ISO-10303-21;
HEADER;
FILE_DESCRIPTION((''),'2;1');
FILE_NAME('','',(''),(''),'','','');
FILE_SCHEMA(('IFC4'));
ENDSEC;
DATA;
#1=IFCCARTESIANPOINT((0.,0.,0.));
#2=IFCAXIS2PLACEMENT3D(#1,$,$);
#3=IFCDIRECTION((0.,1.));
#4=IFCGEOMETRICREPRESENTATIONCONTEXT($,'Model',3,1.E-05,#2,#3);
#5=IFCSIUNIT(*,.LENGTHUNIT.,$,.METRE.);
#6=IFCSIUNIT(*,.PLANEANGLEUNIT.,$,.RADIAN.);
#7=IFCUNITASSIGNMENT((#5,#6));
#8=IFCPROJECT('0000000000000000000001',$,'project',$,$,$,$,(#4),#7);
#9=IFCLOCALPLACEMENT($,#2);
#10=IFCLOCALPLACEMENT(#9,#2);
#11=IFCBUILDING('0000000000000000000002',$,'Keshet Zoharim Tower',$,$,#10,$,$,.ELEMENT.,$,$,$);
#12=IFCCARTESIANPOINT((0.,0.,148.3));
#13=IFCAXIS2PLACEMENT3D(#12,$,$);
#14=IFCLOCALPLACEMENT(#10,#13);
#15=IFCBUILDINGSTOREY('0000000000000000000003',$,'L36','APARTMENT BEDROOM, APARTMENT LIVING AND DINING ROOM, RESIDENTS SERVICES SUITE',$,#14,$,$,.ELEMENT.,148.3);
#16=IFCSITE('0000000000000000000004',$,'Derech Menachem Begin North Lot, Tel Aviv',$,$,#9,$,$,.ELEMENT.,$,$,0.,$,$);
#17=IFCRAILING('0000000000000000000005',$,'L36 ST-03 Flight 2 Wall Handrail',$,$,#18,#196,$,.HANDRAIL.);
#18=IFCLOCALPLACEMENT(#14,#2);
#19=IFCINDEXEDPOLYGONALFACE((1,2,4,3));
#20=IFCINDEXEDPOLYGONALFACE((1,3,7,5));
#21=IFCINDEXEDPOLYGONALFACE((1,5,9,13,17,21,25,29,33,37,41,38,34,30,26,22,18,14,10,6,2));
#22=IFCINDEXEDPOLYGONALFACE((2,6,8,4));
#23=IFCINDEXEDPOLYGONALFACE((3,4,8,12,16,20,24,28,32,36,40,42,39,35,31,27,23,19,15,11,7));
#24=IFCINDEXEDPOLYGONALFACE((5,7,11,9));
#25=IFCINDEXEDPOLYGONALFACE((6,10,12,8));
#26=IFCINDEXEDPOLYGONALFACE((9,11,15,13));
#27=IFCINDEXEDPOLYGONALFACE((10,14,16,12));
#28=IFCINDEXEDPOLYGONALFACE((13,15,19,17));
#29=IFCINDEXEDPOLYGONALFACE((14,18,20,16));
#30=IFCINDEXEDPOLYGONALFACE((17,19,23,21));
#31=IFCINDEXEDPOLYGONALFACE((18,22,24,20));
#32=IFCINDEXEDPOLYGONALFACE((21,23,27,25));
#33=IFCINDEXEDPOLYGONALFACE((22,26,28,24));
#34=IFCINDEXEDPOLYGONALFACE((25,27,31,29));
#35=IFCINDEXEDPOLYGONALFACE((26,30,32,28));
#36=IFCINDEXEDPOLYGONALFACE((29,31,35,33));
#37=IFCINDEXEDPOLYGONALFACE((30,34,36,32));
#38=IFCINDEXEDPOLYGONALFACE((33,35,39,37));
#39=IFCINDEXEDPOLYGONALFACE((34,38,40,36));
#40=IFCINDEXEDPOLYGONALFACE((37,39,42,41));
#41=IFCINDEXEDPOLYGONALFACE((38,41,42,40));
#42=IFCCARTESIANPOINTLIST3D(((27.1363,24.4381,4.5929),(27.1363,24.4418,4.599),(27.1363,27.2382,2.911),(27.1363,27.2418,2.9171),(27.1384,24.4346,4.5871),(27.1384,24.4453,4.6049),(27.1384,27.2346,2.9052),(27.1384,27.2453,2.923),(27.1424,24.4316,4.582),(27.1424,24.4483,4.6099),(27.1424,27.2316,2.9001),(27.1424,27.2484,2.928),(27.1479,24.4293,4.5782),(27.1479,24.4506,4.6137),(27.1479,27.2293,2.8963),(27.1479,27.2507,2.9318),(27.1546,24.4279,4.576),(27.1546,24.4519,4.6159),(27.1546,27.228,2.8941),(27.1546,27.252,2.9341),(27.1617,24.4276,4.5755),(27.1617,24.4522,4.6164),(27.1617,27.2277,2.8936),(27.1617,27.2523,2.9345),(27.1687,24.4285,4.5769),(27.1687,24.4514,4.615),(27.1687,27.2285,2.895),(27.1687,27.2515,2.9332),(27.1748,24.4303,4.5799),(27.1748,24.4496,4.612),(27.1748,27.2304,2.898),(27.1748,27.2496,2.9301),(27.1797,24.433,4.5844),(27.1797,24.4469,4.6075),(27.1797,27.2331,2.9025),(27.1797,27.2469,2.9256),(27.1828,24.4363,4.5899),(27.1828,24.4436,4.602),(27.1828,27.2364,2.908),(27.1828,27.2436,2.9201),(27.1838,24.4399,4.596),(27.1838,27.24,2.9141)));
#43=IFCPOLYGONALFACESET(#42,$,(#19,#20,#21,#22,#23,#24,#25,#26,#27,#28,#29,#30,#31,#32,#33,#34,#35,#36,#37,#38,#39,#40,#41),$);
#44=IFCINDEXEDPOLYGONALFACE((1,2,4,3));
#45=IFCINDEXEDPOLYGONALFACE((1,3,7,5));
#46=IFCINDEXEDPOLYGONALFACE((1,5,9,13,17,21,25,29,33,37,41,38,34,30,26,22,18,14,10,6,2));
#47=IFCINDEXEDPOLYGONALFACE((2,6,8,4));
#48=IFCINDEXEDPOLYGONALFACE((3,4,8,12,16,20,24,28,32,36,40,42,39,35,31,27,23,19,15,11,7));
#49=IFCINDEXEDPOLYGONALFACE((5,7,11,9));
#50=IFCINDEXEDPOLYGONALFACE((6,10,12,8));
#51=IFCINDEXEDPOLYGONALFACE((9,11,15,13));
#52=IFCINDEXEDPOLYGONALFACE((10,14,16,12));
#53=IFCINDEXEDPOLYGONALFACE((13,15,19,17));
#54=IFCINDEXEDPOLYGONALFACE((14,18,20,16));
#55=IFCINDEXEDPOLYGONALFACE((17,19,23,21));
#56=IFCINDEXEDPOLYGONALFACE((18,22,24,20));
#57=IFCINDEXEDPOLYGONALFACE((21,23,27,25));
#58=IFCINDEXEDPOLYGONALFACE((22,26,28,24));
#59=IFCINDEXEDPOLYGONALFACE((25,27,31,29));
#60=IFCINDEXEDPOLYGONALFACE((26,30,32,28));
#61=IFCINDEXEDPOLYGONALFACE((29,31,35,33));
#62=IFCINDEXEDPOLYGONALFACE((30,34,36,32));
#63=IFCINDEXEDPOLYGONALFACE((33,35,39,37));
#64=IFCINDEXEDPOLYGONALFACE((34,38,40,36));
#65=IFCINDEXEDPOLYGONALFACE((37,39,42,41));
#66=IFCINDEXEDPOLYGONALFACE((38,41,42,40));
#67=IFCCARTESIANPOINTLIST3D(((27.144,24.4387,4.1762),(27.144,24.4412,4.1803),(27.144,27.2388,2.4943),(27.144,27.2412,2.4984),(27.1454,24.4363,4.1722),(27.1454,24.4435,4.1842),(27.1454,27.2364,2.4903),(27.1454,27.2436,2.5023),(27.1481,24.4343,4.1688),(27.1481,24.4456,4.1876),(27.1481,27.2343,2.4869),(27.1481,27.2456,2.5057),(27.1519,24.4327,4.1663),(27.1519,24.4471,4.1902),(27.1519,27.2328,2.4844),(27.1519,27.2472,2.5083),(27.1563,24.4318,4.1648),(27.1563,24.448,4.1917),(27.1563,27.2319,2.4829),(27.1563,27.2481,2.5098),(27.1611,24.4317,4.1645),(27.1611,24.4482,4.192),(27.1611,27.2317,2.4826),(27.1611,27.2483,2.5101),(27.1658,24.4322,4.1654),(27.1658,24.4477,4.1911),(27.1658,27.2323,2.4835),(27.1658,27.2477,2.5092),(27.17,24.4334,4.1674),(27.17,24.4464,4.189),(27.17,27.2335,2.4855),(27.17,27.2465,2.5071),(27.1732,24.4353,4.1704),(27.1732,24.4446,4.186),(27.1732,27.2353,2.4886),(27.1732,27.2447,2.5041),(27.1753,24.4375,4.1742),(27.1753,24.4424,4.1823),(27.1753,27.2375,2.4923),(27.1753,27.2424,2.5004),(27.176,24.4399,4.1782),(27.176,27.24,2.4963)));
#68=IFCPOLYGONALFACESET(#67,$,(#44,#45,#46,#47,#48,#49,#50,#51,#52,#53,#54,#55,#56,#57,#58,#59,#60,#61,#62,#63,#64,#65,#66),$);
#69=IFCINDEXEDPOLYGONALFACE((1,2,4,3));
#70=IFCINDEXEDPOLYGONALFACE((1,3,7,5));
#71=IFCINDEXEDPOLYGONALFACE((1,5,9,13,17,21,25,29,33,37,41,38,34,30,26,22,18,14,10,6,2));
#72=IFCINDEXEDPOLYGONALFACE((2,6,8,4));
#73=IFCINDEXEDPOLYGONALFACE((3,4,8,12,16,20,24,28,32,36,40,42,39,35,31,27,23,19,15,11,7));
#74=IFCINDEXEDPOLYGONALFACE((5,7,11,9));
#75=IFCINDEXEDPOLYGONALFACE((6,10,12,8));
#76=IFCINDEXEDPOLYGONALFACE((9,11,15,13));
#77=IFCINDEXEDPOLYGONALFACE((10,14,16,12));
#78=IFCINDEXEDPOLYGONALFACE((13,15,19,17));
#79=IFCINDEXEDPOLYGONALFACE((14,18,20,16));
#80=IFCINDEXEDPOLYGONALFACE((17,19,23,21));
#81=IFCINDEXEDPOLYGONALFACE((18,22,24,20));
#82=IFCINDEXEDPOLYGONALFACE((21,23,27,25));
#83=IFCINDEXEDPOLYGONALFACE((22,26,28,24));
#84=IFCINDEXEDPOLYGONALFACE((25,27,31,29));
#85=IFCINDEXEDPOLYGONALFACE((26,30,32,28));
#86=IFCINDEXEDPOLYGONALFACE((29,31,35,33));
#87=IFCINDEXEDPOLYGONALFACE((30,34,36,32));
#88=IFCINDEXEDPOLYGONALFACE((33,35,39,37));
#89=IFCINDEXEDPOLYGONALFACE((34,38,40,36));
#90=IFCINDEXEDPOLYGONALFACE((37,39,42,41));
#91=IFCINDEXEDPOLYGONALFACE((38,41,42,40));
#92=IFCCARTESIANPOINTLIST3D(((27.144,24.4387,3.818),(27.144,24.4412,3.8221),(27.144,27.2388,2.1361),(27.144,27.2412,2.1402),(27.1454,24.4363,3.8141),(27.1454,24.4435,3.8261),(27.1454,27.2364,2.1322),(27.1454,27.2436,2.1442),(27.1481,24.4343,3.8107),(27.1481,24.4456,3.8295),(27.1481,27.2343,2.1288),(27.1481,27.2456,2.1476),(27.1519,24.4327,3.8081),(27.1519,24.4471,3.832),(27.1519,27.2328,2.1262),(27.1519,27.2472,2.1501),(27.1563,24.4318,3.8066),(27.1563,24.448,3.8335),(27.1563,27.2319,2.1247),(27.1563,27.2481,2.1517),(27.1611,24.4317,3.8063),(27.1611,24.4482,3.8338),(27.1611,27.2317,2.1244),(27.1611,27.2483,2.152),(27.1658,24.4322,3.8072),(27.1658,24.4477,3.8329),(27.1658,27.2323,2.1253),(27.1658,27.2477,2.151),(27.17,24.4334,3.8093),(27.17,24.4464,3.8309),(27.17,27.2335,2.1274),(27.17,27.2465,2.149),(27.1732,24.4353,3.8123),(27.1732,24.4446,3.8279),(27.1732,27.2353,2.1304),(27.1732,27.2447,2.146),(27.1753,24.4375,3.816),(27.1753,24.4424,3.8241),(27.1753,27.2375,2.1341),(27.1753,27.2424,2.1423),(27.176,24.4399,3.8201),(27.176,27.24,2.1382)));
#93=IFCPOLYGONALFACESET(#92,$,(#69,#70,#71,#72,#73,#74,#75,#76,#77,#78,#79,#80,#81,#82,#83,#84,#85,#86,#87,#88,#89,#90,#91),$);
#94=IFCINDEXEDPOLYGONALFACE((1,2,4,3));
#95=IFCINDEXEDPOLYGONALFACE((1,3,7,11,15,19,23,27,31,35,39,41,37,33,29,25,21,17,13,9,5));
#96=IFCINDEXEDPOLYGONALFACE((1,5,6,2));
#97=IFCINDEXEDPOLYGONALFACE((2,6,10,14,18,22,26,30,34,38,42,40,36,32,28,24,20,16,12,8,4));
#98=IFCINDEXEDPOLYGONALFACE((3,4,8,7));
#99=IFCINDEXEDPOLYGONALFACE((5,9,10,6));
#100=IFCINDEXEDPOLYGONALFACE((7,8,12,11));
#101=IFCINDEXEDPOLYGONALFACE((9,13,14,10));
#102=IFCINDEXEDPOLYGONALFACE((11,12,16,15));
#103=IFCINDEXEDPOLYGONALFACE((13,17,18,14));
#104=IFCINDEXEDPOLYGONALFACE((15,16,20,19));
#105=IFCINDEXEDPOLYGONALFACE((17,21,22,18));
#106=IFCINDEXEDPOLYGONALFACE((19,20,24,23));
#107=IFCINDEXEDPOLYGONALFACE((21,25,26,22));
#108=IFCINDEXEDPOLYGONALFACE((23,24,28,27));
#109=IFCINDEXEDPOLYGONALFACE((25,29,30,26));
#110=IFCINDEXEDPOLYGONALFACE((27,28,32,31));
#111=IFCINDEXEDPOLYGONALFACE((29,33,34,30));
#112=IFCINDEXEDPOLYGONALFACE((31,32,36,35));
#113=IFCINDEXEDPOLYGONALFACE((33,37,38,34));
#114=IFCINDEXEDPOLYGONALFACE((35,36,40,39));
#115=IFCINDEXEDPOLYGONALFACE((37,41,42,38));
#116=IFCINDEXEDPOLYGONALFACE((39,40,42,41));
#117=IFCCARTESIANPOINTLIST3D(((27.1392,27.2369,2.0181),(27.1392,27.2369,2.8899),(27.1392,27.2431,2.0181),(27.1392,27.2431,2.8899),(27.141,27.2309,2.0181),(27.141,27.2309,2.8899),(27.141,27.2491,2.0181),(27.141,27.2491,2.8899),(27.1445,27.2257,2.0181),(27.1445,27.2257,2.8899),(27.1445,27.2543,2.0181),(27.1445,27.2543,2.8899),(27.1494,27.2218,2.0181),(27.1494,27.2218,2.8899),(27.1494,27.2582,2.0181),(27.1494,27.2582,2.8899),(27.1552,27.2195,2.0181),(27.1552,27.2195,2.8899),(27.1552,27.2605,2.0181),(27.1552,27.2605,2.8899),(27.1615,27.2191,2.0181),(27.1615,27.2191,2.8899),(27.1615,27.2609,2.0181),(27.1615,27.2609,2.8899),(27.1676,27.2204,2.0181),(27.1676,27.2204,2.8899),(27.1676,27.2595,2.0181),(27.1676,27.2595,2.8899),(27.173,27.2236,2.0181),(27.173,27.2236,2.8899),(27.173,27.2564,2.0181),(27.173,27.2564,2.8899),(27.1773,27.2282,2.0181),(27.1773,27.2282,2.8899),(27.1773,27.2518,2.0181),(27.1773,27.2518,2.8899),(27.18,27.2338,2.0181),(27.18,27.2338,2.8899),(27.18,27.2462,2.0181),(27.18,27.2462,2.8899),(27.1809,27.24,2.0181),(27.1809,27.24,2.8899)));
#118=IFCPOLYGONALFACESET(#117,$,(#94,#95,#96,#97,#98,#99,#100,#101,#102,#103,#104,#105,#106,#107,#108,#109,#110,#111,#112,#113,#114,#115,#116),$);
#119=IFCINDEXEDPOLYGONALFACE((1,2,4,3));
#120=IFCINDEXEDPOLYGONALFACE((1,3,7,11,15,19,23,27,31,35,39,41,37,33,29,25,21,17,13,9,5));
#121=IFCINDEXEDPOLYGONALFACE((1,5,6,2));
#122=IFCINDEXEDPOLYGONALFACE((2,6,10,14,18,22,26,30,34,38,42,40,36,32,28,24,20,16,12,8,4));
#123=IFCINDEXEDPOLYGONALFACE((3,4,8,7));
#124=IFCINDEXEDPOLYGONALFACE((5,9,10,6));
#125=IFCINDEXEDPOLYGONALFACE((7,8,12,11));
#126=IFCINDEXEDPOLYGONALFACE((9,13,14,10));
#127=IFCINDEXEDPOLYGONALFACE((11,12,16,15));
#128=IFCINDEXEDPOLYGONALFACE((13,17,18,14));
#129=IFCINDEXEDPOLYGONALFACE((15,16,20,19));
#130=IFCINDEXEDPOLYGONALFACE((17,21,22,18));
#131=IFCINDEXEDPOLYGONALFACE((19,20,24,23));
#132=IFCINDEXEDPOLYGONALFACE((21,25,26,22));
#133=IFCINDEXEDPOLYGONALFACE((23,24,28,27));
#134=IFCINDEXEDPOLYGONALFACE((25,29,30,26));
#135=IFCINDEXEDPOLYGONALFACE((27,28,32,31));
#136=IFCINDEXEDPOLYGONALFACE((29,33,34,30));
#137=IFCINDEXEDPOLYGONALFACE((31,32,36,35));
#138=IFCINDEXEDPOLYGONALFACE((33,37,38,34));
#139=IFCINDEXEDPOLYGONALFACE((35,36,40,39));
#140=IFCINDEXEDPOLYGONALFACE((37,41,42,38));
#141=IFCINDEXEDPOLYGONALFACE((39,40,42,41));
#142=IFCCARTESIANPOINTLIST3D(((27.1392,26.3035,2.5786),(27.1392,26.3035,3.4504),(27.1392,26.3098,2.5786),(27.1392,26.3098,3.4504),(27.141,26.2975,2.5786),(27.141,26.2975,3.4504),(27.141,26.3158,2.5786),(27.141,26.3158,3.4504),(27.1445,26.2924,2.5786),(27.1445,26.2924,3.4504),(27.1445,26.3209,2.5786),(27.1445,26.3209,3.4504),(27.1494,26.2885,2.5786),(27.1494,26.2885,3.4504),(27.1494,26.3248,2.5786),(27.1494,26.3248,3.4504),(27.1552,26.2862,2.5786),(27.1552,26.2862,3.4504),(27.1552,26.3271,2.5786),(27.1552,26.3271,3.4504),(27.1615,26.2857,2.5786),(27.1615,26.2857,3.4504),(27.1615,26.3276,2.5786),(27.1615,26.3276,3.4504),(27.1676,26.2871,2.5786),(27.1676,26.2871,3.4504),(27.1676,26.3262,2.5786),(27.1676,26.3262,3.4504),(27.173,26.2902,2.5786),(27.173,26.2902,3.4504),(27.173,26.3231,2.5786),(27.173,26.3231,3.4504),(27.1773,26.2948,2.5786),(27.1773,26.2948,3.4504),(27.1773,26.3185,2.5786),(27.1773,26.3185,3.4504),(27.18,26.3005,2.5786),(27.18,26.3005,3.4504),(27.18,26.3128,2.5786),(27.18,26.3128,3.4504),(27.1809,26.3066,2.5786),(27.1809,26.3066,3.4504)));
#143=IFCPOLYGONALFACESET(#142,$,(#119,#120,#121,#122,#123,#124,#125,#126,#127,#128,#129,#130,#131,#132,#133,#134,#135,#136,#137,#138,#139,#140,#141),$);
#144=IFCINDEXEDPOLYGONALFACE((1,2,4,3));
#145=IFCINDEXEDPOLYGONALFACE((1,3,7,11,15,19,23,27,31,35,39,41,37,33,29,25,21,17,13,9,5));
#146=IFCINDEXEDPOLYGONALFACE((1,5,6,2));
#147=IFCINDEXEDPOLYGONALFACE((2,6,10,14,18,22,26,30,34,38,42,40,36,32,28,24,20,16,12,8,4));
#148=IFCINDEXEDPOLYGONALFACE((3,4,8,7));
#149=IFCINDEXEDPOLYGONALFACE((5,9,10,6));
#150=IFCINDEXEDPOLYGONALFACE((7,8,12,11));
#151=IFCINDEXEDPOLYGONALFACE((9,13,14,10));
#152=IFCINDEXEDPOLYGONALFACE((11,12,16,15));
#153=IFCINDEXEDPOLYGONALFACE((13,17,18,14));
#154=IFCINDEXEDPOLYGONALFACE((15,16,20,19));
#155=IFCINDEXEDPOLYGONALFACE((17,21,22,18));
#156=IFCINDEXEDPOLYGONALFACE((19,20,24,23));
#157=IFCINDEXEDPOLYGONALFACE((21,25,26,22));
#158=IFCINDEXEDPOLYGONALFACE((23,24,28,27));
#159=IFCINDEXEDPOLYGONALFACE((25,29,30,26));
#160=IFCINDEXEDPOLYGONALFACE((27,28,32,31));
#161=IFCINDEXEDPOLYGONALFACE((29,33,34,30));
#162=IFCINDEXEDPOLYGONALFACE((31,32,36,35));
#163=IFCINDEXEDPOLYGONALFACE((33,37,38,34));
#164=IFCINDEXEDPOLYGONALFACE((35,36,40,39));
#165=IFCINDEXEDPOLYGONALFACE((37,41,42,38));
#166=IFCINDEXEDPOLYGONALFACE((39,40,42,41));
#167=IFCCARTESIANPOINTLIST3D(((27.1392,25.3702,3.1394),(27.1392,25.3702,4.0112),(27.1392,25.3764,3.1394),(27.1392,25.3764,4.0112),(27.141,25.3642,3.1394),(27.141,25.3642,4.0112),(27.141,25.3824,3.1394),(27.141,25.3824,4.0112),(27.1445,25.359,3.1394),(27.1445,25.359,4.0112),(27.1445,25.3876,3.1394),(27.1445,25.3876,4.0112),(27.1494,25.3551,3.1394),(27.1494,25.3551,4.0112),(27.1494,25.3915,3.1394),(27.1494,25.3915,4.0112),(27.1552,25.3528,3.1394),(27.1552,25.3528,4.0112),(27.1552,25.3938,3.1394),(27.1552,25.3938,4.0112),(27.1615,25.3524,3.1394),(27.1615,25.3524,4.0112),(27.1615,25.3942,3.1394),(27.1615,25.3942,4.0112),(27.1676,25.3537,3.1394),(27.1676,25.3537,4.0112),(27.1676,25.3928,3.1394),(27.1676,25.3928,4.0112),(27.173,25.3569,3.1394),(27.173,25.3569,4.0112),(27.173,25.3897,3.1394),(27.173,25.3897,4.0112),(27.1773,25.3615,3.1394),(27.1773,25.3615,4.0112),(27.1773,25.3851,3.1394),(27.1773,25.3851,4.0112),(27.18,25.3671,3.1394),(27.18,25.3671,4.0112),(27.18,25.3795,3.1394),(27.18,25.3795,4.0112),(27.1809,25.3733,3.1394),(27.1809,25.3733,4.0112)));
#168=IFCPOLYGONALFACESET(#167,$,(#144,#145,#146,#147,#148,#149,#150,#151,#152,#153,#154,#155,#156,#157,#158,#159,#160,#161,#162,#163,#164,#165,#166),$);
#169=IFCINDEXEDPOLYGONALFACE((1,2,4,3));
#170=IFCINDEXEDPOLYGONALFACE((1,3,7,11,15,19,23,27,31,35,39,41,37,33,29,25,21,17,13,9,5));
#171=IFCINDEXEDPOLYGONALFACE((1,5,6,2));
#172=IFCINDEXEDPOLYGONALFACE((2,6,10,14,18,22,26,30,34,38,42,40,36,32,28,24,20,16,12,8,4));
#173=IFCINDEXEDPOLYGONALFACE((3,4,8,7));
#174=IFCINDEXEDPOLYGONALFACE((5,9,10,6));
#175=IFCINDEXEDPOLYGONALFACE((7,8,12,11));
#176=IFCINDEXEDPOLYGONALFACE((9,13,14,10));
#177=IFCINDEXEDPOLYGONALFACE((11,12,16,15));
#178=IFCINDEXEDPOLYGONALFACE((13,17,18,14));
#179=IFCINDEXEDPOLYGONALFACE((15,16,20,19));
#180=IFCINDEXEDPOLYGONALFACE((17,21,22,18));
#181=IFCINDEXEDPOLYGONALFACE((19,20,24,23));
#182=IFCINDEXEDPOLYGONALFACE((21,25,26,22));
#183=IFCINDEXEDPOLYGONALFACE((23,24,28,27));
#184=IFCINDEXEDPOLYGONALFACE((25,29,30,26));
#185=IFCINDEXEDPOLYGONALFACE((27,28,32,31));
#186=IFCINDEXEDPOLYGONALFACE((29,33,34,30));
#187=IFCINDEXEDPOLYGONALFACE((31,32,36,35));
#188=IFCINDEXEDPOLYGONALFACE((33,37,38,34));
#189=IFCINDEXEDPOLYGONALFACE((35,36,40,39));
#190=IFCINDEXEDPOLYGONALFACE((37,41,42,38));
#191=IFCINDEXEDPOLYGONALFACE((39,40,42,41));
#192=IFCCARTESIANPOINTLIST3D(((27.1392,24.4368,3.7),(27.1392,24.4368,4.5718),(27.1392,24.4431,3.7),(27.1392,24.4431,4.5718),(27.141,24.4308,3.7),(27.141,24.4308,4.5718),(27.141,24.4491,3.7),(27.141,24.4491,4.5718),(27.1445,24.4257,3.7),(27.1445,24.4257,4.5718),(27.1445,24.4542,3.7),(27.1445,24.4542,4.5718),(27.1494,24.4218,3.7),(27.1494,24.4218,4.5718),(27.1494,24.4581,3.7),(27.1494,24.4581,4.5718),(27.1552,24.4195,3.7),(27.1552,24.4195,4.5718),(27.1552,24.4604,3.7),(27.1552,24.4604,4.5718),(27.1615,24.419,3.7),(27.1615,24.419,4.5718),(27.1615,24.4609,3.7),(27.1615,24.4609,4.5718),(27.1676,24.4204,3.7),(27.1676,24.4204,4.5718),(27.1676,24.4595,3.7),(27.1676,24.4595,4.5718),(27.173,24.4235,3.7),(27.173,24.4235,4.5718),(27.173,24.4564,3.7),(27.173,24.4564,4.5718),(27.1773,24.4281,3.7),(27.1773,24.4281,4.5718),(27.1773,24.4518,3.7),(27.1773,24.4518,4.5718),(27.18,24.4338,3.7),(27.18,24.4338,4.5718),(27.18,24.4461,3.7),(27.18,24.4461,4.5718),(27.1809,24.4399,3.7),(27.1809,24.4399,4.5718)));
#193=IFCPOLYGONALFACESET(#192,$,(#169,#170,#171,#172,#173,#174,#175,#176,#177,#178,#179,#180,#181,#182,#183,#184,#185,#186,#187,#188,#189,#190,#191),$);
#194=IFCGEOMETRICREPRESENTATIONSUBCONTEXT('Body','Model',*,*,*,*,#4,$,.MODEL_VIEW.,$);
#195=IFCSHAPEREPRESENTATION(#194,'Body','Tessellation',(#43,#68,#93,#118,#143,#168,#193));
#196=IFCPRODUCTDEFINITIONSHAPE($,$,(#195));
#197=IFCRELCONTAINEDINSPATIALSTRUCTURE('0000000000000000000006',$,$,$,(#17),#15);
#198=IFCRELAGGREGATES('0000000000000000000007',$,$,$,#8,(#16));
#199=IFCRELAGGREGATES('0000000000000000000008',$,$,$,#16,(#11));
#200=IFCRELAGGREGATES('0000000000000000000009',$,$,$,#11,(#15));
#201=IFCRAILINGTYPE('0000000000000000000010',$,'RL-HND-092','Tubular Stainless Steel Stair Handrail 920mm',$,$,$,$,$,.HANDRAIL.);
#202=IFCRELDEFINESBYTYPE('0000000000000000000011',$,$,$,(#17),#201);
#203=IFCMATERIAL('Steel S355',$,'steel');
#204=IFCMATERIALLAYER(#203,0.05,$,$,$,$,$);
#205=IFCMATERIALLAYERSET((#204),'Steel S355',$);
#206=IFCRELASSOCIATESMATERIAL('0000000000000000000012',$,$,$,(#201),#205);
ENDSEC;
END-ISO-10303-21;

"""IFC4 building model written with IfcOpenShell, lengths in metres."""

from ifc_helpers import new_model, si_unit, direction, frame, origin, origin_2d, place, context, subcontext, project, spatial, circle, extrude, material, layer, layer_set, type_object, element, save


model = new_model("IFC4")

# Units and contexts
model_context = context("Model", 3, precision=1e-05, world=origin(), true_north=direction((0.0, 1.0)))
body_context = subcontext(model_context, "Body", "Model", "MODEL_VIEW")
ifc_project = project(units=[si_unit("LENGTHUNIT", "METRE"), si_unit("PLANEANGLEUNIT", "RADIAN")], contexts=[model_context])

# Site, building, storey
site_placement = place(None, origin())
site = spatial("IfcSite", under=ifc_project, at=site_placement, Name="Derech Menachem Begin North Lot, Tel Aviv", CompositionType="ELEMENT", RefElevation=0.0)
building_placement = place(site_placement, origin())
building = spatial("IfcBuilding", under=site, at=building_placement, Name="Keshet Zoharim Tower", CompositionType="ELEMENT")
storey_placement = place(building_placement, frame((0.0, 0.0, 148.3)))
storey = spatial("IfcBuildingStorey", under=building, at=storey_placement, Name="L36", Description="APARTMENT BEDROOM, APARTMENT LIVING AND DINING ROOM, RESIDENTS SERVICES SUITE", CompositionType="ELEMENT", Elevation=148.3)

# Shared definitions
ifc_material_1 = material(Name="Steel S355", Category="steel")

# Railing
ifc_layer_1 = layer(ifc_material_1, 0.05)
ifc_layer_set_1 = layer_set([ifc_layer_1], Name="Steel S355")
railing_type_1 = type_object("IfcRailingType", Name="RL-HND-092", Description="Tubular Stainless Steel Stair Handrail 920mm", PredefinedType="HANDRAIL", material=ifc_layer_set_1)
railing_1_placement = place(storey_placement, frame((27.1599, 27.24, 2.0181)))
element("IfcRailing", 1, at=railing_1_placement, inside=storey, type_object=railing_type_1, Name="L36 ST-03 Flight 2 Wall Handrail", PredefinedType="HANDRAIL", context=body_context, shape_type="SweptSolid", body=[
    extrude(circle(Radius=0.0239, at=origin_2d()), frame((0.0, 0.0, 0.896), z_axis=(0.0, -0.857242, 0.514913), x_axis=(1.0, 0.0, 0.0)), (0.0, 0.0, 1.0), 3.2664),
    extrude(circle(Radius=0.0161, at=origin_2d()), frame((0.0, 0.0, 0.4783), z_axis=(0.0, -0.857242, 0.514913), x_axis=(1.0, 0.0, 0.0)), (0.0, 0.0, 1.0), 3.2664),
    extrude(circle(Radius=0.0161, at=origin_2d()), frame((0.0, 0.0, 0.1201), z_axis=(0.0, -0.857242, 0.514913), x_axis=(1.0, 0.0, 0.0)), (0.0, 0.0, 1.0), 3.2664),
    extrude(circle(Radius=0.021, at=origin_2d()), origin(), (0.0, 0.0, 1.0), 0.8718),
    extrude(circle(Radius=0.021, at=origin_2d()), frame((0.0, -0.9333, 0.5605)), (0.0, 0.0, 1.0), 0.8718),
    extrude(circle(Radius=0.021, at=origin_2d()), frame((0.0, -1.8667, 1.1213)), (0.0, 0.0, 1.0), 0.8718),
    extrude(circle(Radius=0.021, at=origin_2d()), frame((0.0, -2.8, 1.6819)), (0.0, 0.0, 1.0), 0.8718),
])

save(model, "model.ifc")
